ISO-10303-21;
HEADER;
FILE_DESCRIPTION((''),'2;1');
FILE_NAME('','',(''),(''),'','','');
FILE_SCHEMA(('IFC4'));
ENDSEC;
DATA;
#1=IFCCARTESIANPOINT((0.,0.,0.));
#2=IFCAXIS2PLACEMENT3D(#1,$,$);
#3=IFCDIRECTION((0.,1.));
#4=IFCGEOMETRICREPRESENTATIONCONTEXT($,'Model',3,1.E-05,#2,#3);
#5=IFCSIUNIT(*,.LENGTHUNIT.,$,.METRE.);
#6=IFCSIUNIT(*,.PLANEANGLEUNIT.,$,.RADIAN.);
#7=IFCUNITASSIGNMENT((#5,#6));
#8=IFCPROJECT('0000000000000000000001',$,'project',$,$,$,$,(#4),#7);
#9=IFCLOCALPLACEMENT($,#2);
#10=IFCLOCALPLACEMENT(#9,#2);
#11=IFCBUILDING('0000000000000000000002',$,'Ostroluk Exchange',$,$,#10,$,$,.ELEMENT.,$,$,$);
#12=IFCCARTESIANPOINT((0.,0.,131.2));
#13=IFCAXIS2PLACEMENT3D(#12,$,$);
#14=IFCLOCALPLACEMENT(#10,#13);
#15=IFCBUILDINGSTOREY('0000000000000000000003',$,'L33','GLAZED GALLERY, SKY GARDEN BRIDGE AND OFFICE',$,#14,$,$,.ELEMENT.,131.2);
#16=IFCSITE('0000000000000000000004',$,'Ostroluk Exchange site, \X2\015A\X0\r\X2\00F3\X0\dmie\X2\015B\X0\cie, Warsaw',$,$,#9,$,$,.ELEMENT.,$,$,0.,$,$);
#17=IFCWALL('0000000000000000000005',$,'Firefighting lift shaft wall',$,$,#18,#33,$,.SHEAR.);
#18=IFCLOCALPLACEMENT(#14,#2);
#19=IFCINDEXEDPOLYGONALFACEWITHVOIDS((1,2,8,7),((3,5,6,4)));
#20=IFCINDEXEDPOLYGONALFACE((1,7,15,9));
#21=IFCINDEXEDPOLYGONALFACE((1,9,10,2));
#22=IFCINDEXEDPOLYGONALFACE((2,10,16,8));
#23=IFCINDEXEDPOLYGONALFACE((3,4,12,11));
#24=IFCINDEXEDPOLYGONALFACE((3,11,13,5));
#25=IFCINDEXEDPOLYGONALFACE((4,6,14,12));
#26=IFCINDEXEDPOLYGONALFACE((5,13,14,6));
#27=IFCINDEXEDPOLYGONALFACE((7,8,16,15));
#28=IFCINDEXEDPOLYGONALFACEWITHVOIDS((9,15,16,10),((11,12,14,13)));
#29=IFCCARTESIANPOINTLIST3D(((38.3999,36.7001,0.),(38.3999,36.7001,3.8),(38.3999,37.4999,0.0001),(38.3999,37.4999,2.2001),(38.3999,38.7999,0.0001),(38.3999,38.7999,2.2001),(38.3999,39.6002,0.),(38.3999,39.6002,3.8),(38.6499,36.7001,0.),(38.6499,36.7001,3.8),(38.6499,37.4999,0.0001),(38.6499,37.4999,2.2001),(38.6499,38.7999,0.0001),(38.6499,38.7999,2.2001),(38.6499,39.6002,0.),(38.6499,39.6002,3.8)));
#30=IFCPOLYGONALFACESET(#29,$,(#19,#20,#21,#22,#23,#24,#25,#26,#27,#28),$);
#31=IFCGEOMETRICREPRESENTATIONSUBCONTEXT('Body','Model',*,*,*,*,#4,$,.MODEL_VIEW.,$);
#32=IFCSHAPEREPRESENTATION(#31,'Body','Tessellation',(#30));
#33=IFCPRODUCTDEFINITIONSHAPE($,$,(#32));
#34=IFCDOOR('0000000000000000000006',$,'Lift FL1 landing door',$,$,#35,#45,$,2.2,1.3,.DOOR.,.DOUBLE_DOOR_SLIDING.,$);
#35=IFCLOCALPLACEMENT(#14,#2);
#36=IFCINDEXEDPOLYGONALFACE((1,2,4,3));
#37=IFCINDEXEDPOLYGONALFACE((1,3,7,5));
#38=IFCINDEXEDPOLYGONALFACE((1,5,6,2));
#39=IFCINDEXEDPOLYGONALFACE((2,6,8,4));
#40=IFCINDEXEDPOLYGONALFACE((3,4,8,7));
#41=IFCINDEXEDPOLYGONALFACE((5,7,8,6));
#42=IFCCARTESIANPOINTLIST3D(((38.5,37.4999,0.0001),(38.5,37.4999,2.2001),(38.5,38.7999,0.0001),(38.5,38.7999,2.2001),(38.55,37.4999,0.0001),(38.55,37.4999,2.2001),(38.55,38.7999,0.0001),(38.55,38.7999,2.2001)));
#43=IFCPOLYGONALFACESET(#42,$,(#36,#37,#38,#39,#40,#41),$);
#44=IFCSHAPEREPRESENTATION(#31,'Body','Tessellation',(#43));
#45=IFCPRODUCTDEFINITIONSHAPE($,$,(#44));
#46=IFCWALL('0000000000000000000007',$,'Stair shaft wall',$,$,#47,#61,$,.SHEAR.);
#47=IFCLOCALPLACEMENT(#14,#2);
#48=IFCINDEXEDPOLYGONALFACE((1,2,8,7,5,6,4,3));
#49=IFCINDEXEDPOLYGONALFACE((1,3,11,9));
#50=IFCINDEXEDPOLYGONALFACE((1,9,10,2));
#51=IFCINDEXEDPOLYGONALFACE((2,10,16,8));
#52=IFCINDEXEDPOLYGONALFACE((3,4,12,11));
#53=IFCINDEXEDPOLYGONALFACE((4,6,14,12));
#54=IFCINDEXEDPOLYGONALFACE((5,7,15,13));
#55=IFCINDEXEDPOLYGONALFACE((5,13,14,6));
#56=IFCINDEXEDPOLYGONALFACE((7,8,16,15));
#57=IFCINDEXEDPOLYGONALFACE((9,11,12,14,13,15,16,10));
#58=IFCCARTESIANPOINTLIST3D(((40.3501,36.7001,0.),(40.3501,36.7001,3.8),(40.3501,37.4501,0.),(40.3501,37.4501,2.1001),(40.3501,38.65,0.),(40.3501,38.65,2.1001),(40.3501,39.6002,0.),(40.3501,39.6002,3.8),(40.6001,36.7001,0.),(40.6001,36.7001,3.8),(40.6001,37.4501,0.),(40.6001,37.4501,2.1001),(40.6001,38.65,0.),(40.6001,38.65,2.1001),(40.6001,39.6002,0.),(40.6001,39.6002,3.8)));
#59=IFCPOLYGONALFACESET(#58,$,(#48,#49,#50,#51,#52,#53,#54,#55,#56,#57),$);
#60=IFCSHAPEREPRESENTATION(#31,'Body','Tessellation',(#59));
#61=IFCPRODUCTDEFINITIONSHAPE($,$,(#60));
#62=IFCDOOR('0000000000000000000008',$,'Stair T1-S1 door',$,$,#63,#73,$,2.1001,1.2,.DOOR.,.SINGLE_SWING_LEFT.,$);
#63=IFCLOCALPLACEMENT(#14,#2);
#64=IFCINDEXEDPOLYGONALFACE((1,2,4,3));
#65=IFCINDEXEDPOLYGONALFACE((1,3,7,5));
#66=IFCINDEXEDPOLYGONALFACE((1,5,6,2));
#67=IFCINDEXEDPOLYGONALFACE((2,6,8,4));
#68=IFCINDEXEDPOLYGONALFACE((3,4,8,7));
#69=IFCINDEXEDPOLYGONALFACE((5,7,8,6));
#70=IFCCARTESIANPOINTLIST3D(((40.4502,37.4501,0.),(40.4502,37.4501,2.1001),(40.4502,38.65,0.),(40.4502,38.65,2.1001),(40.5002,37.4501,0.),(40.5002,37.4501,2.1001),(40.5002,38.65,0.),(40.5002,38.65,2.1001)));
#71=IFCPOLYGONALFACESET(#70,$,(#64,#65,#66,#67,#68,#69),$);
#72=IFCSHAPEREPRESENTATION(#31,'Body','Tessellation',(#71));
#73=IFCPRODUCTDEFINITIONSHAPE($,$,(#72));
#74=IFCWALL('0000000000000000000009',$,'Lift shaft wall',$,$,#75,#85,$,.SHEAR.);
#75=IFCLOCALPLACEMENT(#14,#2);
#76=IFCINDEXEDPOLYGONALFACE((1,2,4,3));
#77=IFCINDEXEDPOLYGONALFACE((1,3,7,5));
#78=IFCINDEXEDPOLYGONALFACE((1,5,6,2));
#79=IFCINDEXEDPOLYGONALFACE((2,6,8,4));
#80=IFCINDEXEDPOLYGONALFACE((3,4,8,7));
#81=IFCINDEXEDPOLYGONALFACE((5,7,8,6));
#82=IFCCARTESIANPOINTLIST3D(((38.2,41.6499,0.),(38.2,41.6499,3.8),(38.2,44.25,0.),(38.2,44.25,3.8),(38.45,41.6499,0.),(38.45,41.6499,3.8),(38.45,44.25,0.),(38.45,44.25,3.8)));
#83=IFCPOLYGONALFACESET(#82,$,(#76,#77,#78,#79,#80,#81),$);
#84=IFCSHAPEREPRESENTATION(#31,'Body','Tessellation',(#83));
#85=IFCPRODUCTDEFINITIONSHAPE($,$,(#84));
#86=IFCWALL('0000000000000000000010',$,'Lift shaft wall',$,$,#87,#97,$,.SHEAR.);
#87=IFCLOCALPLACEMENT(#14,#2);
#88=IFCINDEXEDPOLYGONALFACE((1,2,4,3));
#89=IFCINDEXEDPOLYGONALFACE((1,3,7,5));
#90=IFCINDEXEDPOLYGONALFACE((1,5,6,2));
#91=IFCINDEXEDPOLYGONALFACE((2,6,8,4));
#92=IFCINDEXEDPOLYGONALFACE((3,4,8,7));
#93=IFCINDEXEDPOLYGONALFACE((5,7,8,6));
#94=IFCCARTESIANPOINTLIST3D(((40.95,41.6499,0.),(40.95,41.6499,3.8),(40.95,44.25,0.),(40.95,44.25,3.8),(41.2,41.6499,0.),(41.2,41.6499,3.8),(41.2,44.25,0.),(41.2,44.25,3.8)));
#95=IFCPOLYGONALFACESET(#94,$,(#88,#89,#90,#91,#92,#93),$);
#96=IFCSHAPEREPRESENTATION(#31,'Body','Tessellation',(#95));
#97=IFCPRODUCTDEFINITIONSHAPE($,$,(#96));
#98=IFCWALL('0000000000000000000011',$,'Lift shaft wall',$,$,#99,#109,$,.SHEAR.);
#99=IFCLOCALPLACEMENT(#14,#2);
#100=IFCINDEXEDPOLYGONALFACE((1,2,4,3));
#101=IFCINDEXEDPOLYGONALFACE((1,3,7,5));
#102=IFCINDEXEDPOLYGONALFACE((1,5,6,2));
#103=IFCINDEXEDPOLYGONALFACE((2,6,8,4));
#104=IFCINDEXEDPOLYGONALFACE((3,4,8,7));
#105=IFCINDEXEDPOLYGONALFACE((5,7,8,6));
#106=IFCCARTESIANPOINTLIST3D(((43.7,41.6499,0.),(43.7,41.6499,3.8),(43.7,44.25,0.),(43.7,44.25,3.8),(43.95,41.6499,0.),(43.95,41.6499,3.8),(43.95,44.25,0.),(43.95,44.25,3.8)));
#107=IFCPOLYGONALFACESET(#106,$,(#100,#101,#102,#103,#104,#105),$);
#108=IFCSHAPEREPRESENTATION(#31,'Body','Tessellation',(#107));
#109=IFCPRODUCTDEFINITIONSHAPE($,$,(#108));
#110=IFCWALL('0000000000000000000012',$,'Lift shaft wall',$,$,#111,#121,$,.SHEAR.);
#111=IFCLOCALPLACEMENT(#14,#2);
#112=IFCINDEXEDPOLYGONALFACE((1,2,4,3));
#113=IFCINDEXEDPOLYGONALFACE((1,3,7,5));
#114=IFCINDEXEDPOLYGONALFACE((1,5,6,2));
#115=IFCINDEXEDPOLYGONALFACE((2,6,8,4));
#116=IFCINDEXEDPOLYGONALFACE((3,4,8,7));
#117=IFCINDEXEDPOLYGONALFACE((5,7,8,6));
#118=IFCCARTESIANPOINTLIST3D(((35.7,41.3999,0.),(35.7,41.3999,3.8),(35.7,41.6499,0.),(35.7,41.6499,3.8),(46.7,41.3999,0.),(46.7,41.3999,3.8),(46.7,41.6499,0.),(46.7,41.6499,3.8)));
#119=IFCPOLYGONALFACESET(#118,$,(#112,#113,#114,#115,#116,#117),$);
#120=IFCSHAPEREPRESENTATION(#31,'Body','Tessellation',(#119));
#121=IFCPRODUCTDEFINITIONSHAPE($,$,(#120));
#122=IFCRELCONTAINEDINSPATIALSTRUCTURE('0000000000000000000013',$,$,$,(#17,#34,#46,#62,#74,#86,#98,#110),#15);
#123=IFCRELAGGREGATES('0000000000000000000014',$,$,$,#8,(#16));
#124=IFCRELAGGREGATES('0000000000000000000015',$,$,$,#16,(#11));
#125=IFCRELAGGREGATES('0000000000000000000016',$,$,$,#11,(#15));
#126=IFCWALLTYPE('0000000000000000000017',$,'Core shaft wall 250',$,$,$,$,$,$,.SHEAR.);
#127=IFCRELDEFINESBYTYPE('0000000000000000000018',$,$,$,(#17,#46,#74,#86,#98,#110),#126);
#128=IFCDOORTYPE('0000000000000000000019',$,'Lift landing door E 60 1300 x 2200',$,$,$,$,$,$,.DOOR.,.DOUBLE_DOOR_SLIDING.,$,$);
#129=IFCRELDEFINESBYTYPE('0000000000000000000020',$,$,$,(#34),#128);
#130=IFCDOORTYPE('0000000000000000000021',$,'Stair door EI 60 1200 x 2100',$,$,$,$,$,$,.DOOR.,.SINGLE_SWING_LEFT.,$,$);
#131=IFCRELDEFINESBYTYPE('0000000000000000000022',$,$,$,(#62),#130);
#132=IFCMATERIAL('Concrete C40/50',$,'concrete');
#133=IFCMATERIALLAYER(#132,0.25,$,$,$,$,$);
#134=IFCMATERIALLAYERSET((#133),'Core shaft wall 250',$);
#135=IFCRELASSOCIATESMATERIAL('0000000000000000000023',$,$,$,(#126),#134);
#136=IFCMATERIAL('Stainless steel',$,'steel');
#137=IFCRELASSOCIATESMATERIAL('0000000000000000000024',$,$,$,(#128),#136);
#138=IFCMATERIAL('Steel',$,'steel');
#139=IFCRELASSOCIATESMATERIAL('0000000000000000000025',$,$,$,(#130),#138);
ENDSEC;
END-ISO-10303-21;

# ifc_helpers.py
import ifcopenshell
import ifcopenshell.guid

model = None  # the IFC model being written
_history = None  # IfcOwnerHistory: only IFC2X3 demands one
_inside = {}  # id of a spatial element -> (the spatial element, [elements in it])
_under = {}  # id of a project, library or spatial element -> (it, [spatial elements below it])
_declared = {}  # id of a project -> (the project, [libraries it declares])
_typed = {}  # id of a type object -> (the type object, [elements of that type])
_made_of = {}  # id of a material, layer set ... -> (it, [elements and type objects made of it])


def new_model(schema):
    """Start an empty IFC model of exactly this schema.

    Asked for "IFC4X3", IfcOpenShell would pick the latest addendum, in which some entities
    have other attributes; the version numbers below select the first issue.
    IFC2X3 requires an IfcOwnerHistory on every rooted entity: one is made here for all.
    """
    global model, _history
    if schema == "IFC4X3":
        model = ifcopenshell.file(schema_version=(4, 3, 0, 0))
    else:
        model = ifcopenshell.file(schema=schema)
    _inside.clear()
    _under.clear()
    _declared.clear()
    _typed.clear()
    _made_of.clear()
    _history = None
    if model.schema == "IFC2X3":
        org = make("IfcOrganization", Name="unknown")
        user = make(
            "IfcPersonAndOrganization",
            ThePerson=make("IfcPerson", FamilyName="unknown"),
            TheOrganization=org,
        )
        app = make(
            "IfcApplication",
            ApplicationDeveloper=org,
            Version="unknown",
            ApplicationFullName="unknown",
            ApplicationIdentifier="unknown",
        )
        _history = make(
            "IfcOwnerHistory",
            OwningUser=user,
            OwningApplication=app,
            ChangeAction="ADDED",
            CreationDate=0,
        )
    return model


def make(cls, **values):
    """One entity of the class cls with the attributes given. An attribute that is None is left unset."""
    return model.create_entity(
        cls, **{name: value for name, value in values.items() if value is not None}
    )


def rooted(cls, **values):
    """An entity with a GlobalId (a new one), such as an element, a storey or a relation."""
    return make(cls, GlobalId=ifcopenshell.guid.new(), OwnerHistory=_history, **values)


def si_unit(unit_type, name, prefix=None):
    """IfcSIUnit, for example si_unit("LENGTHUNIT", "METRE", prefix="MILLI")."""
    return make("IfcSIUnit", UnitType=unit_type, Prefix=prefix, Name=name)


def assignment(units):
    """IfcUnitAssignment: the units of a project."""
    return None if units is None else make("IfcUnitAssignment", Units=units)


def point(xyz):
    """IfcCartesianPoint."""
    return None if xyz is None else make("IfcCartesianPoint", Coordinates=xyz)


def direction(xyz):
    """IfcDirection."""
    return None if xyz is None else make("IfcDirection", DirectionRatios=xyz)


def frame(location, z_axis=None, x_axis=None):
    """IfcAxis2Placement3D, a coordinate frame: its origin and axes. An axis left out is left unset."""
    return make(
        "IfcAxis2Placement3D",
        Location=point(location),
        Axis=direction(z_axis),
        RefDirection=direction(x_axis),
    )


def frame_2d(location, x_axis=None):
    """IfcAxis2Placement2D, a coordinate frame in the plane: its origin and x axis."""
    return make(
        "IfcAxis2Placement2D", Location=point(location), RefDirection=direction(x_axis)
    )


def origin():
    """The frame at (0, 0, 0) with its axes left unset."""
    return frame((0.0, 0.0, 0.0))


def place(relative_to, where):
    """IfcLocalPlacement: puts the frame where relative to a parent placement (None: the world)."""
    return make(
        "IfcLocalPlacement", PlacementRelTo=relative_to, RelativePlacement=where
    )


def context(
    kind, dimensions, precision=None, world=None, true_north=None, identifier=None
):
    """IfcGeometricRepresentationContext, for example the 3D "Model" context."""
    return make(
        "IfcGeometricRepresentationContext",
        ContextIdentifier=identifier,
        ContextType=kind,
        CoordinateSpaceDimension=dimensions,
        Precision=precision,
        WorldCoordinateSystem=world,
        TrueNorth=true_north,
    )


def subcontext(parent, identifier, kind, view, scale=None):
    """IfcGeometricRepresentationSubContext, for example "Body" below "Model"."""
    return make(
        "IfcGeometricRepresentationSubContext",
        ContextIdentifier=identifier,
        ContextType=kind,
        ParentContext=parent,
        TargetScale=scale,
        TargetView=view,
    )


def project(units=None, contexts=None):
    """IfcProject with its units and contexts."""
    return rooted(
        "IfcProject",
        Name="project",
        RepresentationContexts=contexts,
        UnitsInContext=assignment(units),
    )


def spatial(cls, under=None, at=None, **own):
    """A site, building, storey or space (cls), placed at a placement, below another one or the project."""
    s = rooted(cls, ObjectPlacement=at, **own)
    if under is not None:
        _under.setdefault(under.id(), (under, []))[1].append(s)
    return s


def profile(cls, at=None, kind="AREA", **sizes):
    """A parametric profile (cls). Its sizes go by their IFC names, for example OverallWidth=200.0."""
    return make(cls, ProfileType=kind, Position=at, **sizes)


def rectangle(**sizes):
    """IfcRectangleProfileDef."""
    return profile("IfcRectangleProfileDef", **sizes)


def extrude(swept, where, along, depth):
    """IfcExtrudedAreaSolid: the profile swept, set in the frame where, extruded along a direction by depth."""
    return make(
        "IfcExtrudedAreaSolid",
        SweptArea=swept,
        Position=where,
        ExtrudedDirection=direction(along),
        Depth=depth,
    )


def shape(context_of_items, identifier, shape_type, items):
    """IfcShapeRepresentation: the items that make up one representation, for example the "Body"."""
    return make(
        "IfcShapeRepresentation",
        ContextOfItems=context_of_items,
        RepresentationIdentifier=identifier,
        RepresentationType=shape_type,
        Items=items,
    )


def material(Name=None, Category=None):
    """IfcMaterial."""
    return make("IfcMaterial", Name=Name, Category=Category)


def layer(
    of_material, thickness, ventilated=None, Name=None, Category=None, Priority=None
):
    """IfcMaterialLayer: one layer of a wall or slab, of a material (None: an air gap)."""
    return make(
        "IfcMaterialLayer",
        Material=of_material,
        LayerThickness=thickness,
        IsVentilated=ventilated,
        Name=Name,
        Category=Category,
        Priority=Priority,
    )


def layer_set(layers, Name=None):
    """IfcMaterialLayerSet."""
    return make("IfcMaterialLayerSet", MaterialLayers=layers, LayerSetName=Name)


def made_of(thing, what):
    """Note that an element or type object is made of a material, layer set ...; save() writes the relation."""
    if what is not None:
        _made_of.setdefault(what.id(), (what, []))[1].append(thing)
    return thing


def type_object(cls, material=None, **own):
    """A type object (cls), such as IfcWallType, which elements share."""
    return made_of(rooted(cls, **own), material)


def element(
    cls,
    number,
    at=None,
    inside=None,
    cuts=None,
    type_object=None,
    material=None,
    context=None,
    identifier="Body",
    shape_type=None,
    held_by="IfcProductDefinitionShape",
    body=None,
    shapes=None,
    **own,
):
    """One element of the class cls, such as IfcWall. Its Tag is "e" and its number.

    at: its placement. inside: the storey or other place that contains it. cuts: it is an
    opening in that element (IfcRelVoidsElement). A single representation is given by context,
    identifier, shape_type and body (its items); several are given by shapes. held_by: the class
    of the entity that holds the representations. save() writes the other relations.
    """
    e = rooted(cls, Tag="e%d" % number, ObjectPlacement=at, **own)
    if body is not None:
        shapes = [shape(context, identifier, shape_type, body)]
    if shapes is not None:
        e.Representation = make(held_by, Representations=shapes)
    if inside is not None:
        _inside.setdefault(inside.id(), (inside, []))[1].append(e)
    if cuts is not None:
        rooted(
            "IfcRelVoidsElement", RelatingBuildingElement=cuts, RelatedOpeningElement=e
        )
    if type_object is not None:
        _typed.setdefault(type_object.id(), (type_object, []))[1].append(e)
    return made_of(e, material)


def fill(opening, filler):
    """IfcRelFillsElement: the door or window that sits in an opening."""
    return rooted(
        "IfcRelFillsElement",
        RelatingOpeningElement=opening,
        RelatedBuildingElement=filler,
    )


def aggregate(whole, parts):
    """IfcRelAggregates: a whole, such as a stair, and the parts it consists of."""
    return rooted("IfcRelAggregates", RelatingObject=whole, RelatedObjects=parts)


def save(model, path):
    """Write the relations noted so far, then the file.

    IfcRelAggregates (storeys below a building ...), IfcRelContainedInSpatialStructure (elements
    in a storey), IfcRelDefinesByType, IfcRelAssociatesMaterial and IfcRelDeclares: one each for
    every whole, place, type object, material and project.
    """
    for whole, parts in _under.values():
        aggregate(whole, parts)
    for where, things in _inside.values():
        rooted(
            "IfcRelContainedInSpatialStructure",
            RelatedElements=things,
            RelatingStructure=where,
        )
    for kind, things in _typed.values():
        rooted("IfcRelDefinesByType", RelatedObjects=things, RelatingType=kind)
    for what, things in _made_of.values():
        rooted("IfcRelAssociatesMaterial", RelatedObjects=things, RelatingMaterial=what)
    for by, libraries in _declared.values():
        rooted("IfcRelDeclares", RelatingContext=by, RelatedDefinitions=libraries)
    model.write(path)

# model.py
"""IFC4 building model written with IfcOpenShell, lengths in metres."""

from ifc_helpers import new_model, si_unit, direction, frame, frame_2d, origin, place, context, subcontext, project, spatial, rectangle, extrude, material, layer, layer_set, type_object, element, fill, save


model = new_model("IFC4")

# Units and contexts
model_context = context("Model", 3, precision=1e-05, world=origin(), true_north=direction((0.0, 1.0)))
body_context = subcontext(model_context, "Body", "Model", "MODEL_VIEW")
ifc_project = project(units=[si_unit("LENGTHUNIT", "METRE"), si_unit("PLANEANGLEUNIT", "RADIAN")], contexts=[model_context])

# Site, building, storey
site_placement = place(None, origin())
site = spatial("IfcSite", under=ifc_project, at=site_placement, Name="Ostroluk Exchange site, Śródmieście, Warsaw", CompositionType="ELEMENT", RefElevation=0.0)
building_placement = place(site_placement, origin())
building = spatial("IfcBuilding", under=site, at=building_placement, Name="Ostroluk Exchange", CompositionType="ELEMENT")
storey_placement = place(building_placement, frame((0.0, 0.0, 131.2)))
storey = spatial("IfcBuildingStorey", under=building, at=storey_placement, Name="L33", Description="GLAZED GALLERY, SKY GARDEN BRIDGE AND OFFICE", CompositionType="ELEMENT", Elevation=131.2)

# Walls, openings, doors
ifc_material_1 = material(Name="Concrete C40/50", Category="concrete")
ifc_layer_1 = layer(ifc_material_1, 0.25)
ifc_layer_set_1 = layer_set([ifc_layer_1], Name="Core shaft wall 250")
wall_type_1 = type_object("IfcWallType", Name="Core shaft wall 250", PredefinedType="SHEAR", material=ifc_layer_set_1)
wall_1_placement = place(storey_placement, frame((38.5249, 36.7, 0.0), z_axis=(0.0, 0.0, 1.0), x_axis=(0.0, 1.0, 0.0)))
wall_1 = element("IfcWall", 1, at=wall_1_placement, inside=storey, type_object=wall_type_1, Name="Firefighting lift shaft wall", PredefinedType="SHEAR", context=body_context, shape_type="SweptSolid", body=[
    extrude(rectangle(XDim=2.9001, YDim=0.25, at=frame_2d((1.4502, 0.0))), origin(), (0.0, 0.0, 1.0), 3.8),
])
opening_1_placement = place(wall_1_placement, frame((0.8, 0.0, 0.0)))
opening_1 = element("IfcOpeningElement", 2, at=opening_1_placement, cuts=wall_1, PredefinedType="OPENING", context=body_context, shape_type="SweptSolid", body=[
    extrude(rectangle(XDim=1.3, YDim=2.2, at=frame_2d((0.6499, 1.1001))), frame((0.0, 0.135, 0.0), z_axis=(0.0, -1.0, 0.0), x_axis=(1.0, 0.0, 0.0)), (0.0, 0.0, 1.0), 0.27),
])
ifc_material_2 = material(Name="Stainless steel", Category="steel")
door_type_1 = type_object("IfcDoorType", Name="Lift landing door E 60 1300 x 2200", OperationType="DOUBLE_DOOR_SLIDING", PredefinedType="DOOR", material=ifc_material_2)
door_1_placement = place(opening_1_placement, origin())
door_1 = element("IfcDoor", 3, at=door_1_placement, inside=storey, type_object=door_type_1, Name="Lift FL1 landing door", OperationType="DOUBLE_DOOR_SLIDING", OverallHeight=2.2, OverallWidth=1.3, PredefinedType="DOOR", context=body_context, shape_type="SweptSolid", body=[
    extrude(rectangle(XDim=1.3, YDim=2.2, at=frame_2d((0.6499, 1.1001))), frame((0.0, 0.0249, 0.0), z_axis=(0.0, -1.0, 0.0), x_axis=(1.0, 0.0, 0.0)), (0.0, 0.0, 1.0), 0.05),
])
fill(opening_1, door_1)
wall_2_placement = place(storey_placement, frame((40.4751, 36.7, 0.0), z_axis=(0.0, 0.0, 1.0), x_axis=(0.0, 1.0, 0.0)))
wall_2 = element("IfcWall", 4, at=wall_2_placement, inside=storey, type_object=wall_type_1, Name="Stair shaft wall", PredefinedType="SHEAR", context=body_context, shape_type="SweptSolid", body=[
    extrude(rectangle(XDim=2.9001, YDim=0.25, at=frame_2d((1.4502, 0.0))), origin(), (0.0, 0.0, 1.0), 3.8),
])
opening_2_placement = place(wall_2_placement, frame((0.75, 0.0, 0.0)))
opening_2 = element("IfcOpeningElement", 5, at=opening_2_placement, cuts=wall_2, PredefinedType="OPENING", context=body_context, shape_type="SweptSolid", body=[
    extrude(rectangle(XDim=1.2, YDim=2.1001, at=frame_2d((0.6001, 1.05))), frame((0.0, 0.135, 0.0), z_axis=(0.0, -1.0, 0.0), x_axis=(1.0, 0.0, 0.0)), (0.0, 0.0, 1.0), 0.27),
])
ifc_material_3 = material(Name="Steel", Category="steel")
door_type_2 = type_object("IfcDoorType", Name="Stair door EI 60 1200 x 2100", OperationType="SINGLE_SWING_LEFT", PredefinedType="DOOR", material=ifc_material_3)
door_2_placement = place(opening_2_placement, origin())
door_2 = element("IfcDoor", 6, at=door_2_placement, inside=storey, type_object=door_type_2, Name="Stair T1-S1 door", OperationType="SINGLE_SWING_LEFT", OverallHeight=2.1001, OverallWidth=1.2, PredefinedType="DOOR", context=body_context, shape_type="SweptSolid", body=[
    extrude(rectangle(XDim=1.2, YDim=2.1001, at=frame_2d((0.6001, 1.05))), frame((0.0, 0.0249, 0.0), z_axis=(0.0, -1.0, 0.0), x_axis=(1.0, 0.0, 0.0)), (0.0, 0.0, 1.0), 0.05),
])
fill(opening_2, door_2)

# Walls
for number, where, z_axis, x_axis, name in (
    (7, (38.325, 44.25, 0.0), (0.0, 0.0, 1.0), (0.0, -1.0, 0.0), "Lift shaft wall"),
    (8, (41.075, 44.25, 0.0), (0.0, 0.0, 1.0), (0.0, -1.0, 0.0), "Lift shaft wall"),
    (9, (43.825, 44.25, 0.0), (0.0, 0.0, 1.0), (0.0, -1.0, 0.0), "Lift shaft wall"),
):
    element("IfcWall", number, at=place(storey_placement, frame(where, z_axis=z_axis, x_axis=x_axis)), inside=storey, type_object=wall_type_1, Name=name, PredefinedType="SHEAR", context=body_context, shape_type="SweptSolid", body=[
        extrude(rectangle(XDim=2.6001, YDim=0.25, at=frame_2d((1.3, 0.0))), origin(), (0.0, 0.0, 1.0), 3.8),
    ])
wall_3_placement = place(storey_placement, frame((35.7, 41.5249, 0.0), z_axis=(0.0, 0.0, 1.0), x_axis=(1.0, 0.0, 0.0)))
element("IfcWall", 10, at=wall_3_placement, inside=storey, type_object=wall_type_1, Name="Lift shaft wall", PredefinedType="SHEAR", context=body_context, shape_type="SweptSolid", body=[
    extrude(rectangle(XDim=11.0, YDim=0.25, at=frame_2d((5.5, 0.0))), origin(), (0.0, 0.0, 1.0), 3.8),
])

save(model, "model.ifc")
